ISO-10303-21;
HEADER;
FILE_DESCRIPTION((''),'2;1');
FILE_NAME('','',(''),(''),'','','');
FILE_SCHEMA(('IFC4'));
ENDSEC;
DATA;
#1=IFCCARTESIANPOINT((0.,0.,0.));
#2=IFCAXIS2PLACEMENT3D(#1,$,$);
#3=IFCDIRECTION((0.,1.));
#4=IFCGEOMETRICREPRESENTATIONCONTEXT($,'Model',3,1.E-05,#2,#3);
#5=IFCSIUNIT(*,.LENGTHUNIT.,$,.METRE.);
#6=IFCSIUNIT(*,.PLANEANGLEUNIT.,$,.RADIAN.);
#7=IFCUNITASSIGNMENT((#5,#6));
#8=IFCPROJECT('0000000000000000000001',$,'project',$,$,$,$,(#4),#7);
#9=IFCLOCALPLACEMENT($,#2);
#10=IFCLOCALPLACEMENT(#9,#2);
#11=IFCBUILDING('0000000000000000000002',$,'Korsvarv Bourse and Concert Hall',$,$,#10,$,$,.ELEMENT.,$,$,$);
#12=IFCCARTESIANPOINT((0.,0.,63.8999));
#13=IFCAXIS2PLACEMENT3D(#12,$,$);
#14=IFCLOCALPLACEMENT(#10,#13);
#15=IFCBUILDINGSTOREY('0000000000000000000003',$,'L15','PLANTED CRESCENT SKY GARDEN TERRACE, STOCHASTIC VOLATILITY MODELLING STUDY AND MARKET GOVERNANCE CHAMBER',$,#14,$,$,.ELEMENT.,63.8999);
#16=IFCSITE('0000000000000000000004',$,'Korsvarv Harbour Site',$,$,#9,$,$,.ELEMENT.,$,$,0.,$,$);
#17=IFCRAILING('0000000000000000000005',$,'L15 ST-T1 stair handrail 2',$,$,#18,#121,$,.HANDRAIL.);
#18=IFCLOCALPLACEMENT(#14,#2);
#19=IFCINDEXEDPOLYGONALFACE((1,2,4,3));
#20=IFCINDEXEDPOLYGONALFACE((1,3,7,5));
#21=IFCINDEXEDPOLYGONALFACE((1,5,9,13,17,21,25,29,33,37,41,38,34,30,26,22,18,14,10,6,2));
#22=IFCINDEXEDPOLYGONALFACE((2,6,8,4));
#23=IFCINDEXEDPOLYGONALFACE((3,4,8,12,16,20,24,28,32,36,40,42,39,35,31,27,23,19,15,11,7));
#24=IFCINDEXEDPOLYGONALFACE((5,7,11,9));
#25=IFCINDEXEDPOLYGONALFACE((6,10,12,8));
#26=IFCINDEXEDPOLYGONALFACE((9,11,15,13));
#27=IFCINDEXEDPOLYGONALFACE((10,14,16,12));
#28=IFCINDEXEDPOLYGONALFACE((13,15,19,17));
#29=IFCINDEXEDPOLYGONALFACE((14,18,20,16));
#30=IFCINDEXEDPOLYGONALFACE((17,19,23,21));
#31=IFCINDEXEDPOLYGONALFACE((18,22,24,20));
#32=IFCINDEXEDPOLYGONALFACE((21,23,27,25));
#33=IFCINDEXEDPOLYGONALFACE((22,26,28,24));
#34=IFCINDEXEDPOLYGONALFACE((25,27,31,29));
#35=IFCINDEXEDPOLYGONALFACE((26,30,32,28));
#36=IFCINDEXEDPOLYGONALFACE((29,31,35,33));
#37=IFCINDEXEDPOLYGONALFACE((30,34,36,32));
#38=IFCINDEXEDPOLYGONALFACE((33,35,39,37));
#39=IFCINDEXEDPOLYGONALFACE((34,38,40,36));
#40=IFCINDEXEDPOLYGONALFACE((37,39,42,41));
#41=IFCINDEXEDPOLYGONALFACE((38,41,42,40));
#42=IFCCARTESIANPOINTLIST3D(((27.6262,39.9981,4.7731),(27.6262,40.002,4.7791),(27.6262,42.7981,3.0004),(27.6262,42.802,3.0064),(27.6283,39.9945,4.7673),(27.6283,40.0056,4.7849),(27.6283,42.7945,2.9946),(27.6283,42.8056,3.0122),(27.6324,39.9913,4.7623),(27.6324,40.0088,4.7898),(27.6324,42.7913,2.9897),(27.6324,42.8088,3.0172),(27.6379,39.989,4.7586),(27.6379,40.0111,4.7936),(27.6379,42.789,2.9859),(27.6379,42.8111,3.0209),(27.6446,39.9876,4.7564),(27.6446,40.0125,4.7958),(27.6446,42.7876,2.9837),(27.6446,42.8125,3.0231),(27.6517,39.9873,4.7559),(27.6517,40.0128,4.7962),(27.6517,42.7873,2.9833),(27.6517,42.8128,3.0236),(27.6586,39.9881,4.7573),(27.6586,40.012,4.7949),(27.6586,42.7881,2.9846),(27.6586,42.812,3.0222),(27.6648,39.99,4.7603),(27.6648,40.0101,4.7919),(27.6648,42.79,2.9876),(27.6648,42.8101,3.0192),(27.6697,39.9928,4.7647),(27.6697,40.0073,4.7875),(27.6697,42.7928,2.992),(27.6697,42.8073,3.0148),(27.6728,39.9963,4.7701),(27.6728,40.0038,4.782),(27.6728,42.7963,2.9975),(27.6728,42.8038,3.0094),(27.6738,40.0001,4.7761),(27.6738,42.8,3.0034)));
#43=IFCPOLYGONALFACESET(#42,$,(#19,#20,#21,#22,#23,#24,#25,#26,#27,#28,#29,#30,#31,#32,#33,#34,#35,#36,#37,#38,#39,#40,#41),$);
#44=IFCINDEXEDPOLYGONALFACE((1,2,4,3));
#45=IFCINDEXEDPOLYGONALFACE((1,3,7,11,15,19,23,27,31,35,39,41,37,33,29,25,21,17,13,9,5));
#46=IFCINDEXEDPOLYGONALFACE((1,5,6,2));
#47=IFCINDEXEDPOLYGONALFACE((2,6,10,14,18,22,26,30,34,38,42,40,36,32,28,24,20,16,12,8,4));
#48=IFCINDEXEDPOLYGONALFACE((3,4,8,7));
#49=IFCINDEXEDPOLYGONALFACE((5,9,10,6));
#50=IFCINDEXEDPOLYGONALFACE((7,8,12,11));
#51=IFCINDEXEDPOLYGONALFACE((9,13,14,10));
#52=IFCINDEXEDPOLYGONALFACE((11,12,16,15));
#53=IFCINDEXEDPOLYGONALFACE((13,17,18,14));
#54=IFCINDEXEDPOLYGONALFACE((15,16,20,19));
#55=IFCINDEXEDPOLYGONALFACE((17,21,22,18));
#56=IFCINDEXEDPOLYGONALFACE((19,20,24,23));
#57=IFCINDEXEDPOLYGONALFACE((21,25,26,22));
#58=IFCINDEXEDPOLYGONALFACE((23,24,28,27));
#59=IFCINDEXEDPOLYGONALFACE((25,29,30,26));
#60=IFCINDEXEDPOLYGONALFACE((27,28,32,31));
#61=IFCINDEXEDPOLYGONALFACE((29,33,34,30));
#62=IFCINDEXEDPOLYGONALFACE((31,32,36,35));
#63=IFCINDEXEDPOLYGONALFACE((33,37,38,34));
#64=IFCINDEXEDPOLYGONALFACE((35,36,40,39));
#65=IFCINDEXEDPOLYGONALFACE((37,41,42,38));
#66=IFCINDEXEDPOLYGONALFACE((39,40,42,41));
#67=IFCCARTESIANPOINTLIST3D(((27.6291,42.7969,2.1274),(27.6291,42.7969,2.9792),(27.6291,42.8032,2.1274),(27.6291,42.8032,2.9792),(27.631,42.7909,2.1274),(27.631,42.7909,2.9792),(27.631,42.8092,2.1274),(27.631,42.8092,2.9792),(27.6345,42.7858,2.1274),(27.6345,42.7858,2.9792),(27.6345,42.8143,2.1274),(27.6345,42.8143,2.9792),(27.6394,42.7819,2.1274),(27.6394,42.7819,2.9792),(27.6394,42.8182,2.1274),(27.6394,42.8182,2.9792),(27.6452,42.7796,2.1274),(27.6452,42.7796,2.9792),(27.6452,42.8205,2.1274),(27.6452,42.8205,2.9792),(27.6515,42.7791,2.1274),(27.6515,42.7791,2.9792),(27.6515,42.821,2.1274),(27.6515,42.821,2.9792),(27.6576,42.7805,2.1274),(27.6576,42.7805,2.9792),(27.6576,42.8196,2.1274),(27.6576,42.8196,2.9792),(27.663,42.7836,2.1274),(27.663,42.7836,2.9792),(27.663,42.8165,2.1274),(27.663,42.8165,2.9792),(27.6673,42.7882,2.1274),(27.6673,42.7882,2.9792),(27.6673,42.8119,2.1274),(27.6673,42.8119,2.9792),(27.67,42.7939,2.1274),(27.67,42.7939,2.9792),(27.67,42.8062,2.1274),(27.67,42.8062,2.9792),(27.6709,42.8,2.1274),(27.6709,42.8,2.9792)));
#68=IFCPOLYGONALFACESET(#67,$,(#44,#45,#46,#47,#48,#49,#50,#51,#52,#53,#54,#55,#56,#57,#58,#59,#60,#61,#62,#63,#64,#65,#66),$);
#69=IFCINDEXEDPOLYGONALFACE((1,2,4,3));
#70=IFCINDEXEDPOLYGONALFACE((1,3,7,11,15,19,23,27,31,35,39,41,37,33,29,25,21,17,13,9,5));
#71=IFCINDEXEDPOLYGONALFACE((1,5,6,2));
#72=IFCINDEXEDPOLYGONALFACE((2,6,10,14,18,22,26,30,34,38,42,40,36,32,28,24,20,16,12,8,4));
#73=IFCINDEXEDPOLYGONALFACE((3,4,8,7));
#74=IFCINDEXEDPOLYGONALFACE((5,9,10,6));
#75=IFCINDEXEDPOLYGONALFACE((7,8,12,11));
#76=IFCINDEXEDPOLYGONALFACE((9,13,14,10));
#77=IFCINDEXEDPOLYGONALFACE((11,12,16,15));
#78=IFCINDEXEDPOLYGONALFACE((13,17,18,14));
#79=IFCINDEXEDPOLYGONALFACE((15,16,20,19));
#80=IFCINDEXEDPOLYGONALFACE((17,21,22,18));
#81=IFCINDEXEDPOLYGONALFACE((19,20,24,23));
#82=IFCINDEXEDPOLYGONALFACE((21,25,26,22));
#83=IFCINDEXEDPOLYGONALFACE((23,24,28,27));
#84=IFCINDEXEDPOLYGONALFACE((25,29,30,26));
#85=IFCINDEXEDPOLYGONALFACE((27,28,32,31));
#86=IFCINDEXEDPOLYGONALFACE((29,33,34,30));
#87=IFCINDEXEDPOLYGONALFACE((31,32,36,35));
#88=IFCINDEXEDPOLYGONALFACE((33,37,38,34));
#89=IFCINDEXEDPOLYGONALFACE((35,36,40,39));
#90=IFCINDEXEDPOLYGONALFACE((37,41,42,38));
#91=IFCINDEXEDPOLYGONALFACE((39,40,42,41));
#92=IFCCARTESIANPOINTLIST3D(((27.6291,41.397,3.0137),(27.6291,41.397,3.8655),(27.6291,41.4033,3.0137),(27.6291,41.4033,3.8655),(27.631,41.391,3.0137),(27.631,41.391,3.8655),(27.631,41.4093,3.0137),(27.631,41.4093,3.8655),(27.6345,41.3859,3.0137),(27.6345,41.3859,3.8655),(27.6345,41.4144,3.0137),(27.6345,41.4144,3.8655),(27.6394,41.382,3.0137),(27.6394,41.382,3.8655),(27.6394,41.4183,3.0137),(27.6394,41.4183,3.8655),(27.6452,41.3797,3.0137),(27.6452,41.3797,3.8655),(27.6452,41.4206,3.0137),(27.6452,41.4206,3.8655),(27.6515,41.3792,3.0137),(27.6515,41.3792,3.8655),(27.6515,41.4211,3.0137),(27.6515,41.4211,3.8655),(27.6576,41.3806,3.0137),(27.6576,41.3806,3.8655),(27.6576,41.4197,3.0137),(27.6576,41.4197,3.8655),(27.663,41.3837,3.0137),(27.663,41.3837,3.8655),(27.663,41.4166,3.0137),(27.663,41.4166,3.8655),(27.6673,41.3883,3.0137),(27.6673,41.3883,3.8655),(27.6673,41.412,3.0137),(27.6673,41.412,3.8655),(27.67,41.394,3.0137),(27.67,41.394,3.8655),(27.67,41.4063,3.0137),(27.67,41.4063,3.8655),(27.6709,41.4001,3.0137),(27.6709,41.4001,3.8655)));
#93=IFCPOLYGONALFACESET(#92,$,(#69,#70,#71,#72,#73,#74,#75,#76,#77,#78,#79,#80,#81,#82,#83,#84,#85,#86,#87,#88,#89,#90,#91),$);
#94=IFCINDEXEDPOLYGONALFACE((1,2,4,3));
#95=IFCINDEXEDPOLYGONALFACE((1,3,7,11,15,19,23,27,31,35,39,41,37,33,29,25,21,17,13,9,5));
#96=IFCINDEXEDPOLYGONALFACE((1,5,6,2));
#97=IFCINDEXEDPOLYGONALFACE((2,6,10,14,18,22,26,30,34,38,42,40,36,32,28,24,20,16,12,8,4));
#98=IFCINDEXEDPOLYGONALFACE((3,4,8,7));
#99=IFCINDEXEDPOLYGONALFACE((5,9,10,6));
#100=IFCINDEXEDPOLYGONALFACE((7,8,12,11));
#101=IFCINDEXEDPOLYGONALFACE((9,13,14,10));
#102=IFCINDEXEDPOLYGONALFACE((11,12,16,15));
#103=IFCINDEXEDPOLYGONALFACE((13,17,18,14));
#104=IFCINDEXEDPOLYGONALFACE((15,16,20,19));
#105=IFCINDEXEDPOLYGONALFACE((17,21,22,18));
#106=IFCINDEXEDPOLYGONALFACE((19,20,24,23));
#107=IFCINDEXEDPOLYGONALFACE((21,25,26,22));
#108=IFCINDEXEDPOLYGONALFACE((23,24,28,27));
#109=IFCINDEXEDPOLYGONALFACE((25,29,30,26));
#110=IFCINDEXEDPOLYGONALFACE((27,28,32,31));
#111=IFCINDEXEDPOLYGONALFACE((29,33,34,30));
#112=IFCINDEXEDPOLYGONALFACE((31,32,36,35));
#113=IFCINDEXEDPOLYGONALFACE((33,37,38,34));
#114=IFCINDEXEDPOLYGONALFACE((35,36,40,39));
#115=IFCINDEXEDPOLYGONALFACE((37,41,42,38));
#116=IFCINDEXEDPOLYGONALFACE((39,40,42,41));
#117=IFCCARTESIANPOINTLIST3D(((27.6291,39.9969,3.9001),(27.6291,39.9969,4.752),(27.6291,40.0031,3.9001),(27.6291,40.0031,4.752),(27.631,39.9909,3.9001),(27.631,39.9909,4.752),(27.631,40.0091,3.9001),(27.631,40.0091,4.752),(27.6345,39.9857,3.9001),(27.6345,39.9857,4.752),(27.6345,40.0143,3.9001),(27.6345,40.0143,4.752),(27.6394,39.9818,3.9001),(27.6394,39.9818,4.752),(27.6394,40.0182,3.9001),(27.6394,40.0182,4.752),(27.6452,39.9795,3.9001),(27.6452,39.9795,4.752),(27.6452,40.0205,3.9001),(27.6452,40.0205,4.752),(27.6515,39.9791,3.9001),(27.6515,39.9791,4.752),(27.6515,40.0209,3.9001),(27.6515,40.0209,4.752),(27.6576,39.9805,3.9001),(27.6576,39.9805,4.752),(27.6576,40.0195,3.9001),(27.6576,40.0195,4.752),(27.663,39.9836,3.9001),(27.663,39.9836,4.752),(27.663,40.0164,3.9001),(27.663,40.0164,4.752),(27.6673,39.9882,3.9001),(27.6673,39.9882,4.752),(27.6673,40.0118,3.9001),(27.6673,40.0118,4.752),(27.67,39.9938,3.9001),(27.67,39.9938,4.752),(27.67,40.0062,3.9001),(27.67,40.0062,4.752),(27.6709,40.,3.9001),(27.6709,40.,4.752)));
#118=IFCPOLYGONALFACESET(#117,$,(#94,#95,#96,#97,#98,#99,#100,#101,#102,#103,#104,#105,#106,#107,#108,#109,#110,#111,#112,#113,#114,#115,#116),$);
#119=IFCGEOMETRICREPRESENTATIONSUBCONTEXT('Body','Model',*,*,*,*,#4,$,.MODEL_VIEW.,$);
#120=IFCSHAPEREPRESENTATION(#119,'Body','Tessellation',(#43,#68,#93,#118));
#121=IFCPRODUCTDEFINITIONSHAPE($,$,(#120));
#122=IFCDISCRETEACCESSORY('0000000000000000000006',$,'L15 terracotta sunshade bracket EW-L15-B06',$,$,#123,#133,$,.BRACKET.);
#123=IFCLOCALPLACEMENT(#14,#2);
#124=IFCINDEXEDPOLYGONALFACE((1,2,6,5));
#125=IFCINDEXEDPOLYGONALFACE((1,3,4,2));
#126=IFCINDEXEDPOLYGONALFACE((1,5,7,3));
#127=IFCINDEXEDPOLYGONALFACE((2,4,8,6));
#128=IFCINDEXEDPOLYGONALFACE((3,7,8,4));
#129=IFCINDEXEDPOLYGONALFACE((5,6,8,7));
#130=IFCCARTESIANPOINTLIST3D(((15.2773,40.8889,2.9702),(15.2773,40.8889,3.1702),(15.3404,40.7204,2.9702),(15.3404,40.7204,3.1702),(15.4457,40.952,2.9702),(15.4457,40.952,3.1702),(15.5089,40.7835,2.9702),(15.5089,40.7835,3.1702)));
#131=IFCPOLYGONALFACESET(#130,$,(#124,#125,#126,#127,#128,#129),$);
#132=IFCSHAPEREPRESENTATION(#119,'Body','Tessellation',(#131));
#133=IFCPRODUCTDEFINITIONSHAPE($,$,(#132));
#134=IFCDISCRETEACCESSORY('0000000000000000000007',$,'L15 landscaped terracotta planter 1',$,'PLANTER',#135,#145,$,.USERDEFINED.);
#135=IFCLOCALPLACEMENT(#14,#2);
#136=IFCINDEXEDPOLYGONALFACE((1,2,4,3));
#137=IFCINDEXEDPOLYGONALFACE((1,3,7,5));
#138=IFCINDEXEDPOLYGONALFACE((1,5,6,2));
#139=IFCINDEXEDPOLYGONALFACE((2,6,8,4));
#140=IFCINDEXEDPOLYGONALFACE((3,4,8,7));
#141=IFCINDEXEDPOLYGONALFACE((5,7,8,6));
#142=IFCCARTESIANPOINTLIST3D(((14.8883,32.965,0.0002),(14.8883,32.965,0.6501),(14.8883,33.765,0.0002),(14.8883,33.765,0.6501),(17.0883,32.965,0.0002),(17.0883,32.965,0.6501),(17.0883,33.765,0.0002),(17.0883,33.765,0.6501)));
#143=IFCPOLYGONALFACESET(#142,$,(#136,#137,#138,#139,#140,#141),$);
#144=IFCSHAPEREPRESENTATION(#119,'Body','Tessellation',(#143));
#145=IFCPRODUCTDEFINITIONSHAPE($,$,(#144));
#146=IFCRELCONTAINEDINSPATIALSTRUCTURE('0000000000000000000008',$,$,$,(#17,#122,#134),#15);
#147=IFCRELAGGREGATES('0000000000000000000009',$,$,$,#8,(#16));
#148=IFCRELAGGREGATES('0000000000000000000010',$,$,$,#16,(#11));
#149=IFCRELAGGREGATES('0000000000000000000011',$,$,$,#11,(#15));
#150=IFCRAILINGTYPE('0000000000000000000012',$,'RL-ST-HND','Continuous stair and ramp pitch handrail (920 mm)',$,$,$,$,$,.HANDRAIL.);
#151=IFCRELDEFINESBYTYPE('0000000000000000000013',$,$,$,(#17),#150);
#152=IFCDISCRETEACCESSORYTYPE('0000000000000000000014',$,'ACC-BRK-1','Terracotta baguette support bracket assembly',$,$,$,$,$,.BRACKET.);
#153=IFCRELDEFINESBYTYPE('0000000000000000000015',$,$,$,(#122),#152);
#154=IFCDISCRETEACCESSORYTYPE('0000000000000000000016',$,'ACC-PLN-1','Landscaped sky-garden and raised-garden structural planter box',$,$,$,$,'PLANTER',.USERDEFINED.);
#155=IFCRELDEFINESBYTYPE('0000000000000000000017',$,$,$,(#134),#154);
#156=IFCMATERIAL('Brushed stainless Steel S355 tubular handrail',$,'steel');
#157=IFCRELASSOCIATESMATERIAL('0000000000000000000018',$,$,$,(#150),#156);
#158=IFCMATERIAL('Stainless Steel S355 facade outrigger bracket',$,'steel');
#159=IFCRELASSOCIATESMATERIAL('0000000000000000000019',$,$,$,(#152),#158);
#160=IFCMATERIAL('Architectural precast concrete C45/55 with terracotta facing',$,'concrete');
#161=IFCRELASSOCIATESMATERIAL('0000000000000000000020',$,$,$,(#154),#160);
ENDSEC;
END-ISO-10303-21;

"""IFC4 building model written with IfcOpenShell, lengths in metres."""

from ifc_helpers import new_model, si_unit, direction, frame, origin, origin_2d, place, context, subcontext, project, spatial, rectangle, circle, extrude, source, transform, mapped, material, type_object, element, save


model = new_model("IFC4")

# Units and contexts
model_context = context("Model", 3, precision=1e-05, world=origin(), true_north=direction((0.0, 1.0)))
body_context = subcontext(model_context, "Body", "Model", "MODEL_VIEW")
ifc_project = project(units=[si_unit("LENGTHUNIT", "METRE"), si_unit("PLANEANGLEUNIT", "RADIAN")], contexts=[model_context])

# Site, building, storey
site_placement = place(None, origin())
site = spatial("IfcSite", under=ifc_project, at=site_placement, Name="Korsvarv Harbour Site", CompositionType="ELEMENT", RefElevation=0.0)
building_placement = place(site_placement, origin())
building = spatial("IfcBuilding", under=site, at=building_placement, Name="Korsvarv Bourse and Concert Hall", CompositionType="ELEMENT")
storey_placement = place(building_placement, frame((0.0, 0.0, 63.8999)))
storey = spatial("IfcBuildingStorey", under=building, at=storey_placement, Name="L15", Description="PLANTED CRESCENT SKY GARDEN TERRACE, STOCHASTIC VOLATILITY MODELLING STUDY AND MARKET GOVERNANCE CHAMBER", CompositionType="ELEMENT", Elevation=63.8999)

# Railing
ifc_material_1 = material(Name="Brushed stainless Steel S355 tubular handrail", Category="steel")
railing_type = type_object("IfcRailingType", Name="RL-ST-HND", Description="Continuous stair and ramp pitch handrail (920 mm)", PredefinedType="HANDRAIL", material=ifc_material_1)
railing_placement = place(storey_placement, frame((27.6499, 42.8, 2.1274)))
element("IfcRailing", 1, at=railing_placement, inside=storey, type_object=railing_type, Name="L15 ST-T1 stair handrail 2", PredefinedType="HANDRAIL", context=body_context, shape_type="SweptSolid", body=[
    extrude(circle(Radius=0.0239, at=origin_2d()), frame((0.0, 0.0, 0.876), z_axis=(0.0, -0.844909, 0.53491), x_axis=(1.0, 0.0, 0.0)), (0.0, 0.0, 1.0), 3.314),
    extrude(circle(Radius=0.021, at=origin_2d()), origin(), (0.0, 0.0, 1.0), 0.8518),
    extrude(circle(Radius=0.021, at=origin_2d()), frame((0.0, -1.3999, 0.8862)), (0.0, 0.0, 1.0), 0.8518),
    extrude(circle(Radius=0.021, at=origin_2d()), frame((0.0, -2.8, 1.7727)), (0.0, 0.0, 1.0), 0.8518),
])

# Discrete accessories
ifc_material_2 = material(Name="Stainless Steel S355 facade outrigger bracket", Category="steel")
discrete_accessory_type_1 = type_object("IfcDiscreteAccessoryType", Name="ACC-BRK-1", Description="Terracotta baguette support bracket assembly", PredefinedType="BRACKET", material=ifc_material_2)
shared_shape_1 = source(origin(), body_context, "Body", "SweptSolid", [
    extrude(rectangle(XDim=0.1799, YDim=0.1799, at=origin_2d()), origin(), (0.0, 0.0, 1.0), 0.2),
])
discrete_accessory_1_placement = place(storey_placement, frame((15.3931, 40.8362, 2.9702), z_axis=(0.0, 0.0, 1.0), x_axis=(0.350861, -0.936427, 0.0)))
element("IfcDiscreteAccessory", 2, at=discrete_accessory_1_placement, inside=storey, type_object=discrete_accessory_type_1, Name="L15 terracotta sunshade bracket EW-L15-B06", PredefinedType="BRACKET", context=body_context, shape_type="MappedRepresentation", body=[
    mapped(shared_shape_1, transform((0.0, 0.0, 0.0), scale=1.0)),
])
ifc_material_3 = material(Name="Architectural precast concrete C45/55 with terracotta facing", Category="concrete")
discrete_accessory_type_2 = type_object("IfcDiscreteAccessoryType", Name="ACC-PLN-1", Description="Landscaped sky-garden and raised-garden structural planter box", ElementType="PLANTER", PredefinedType="USERDEFINED", material=ifc_material_3)
shared_shape_2 = source(origin(), body_context, "Body", "SweptSolid", [
    extrude(rectangle(XDim=2.2, YDim=0.8, at=origin_2d()), origin(), (0.0, 0.0, 1.0), 0.6499),
])
discrete_accessory_2_placement = place(storey_placement, frame((15.9883, 33.365, 0.0002), z_axis=(0.0, 0.0, 1.0), x_axis=(1.0, 0.0, 0.0)))
element("IfcDiscreteAccessory", 3, at=discrete_accessory_2_placement, inside=storey, type_object=discrete_accessory_type_2, Name="L15 landscaped terracotta planter 1", ObjectType="PLANTER", PredefinedType="USERDEFINED", context=body_context, shape_type="MappedRepresentation", body=[
    mapped(shared_shape_2, transform((0.0, 0.0, 0.0), scale=1.0)),
])

save(model, "model.ifc")
